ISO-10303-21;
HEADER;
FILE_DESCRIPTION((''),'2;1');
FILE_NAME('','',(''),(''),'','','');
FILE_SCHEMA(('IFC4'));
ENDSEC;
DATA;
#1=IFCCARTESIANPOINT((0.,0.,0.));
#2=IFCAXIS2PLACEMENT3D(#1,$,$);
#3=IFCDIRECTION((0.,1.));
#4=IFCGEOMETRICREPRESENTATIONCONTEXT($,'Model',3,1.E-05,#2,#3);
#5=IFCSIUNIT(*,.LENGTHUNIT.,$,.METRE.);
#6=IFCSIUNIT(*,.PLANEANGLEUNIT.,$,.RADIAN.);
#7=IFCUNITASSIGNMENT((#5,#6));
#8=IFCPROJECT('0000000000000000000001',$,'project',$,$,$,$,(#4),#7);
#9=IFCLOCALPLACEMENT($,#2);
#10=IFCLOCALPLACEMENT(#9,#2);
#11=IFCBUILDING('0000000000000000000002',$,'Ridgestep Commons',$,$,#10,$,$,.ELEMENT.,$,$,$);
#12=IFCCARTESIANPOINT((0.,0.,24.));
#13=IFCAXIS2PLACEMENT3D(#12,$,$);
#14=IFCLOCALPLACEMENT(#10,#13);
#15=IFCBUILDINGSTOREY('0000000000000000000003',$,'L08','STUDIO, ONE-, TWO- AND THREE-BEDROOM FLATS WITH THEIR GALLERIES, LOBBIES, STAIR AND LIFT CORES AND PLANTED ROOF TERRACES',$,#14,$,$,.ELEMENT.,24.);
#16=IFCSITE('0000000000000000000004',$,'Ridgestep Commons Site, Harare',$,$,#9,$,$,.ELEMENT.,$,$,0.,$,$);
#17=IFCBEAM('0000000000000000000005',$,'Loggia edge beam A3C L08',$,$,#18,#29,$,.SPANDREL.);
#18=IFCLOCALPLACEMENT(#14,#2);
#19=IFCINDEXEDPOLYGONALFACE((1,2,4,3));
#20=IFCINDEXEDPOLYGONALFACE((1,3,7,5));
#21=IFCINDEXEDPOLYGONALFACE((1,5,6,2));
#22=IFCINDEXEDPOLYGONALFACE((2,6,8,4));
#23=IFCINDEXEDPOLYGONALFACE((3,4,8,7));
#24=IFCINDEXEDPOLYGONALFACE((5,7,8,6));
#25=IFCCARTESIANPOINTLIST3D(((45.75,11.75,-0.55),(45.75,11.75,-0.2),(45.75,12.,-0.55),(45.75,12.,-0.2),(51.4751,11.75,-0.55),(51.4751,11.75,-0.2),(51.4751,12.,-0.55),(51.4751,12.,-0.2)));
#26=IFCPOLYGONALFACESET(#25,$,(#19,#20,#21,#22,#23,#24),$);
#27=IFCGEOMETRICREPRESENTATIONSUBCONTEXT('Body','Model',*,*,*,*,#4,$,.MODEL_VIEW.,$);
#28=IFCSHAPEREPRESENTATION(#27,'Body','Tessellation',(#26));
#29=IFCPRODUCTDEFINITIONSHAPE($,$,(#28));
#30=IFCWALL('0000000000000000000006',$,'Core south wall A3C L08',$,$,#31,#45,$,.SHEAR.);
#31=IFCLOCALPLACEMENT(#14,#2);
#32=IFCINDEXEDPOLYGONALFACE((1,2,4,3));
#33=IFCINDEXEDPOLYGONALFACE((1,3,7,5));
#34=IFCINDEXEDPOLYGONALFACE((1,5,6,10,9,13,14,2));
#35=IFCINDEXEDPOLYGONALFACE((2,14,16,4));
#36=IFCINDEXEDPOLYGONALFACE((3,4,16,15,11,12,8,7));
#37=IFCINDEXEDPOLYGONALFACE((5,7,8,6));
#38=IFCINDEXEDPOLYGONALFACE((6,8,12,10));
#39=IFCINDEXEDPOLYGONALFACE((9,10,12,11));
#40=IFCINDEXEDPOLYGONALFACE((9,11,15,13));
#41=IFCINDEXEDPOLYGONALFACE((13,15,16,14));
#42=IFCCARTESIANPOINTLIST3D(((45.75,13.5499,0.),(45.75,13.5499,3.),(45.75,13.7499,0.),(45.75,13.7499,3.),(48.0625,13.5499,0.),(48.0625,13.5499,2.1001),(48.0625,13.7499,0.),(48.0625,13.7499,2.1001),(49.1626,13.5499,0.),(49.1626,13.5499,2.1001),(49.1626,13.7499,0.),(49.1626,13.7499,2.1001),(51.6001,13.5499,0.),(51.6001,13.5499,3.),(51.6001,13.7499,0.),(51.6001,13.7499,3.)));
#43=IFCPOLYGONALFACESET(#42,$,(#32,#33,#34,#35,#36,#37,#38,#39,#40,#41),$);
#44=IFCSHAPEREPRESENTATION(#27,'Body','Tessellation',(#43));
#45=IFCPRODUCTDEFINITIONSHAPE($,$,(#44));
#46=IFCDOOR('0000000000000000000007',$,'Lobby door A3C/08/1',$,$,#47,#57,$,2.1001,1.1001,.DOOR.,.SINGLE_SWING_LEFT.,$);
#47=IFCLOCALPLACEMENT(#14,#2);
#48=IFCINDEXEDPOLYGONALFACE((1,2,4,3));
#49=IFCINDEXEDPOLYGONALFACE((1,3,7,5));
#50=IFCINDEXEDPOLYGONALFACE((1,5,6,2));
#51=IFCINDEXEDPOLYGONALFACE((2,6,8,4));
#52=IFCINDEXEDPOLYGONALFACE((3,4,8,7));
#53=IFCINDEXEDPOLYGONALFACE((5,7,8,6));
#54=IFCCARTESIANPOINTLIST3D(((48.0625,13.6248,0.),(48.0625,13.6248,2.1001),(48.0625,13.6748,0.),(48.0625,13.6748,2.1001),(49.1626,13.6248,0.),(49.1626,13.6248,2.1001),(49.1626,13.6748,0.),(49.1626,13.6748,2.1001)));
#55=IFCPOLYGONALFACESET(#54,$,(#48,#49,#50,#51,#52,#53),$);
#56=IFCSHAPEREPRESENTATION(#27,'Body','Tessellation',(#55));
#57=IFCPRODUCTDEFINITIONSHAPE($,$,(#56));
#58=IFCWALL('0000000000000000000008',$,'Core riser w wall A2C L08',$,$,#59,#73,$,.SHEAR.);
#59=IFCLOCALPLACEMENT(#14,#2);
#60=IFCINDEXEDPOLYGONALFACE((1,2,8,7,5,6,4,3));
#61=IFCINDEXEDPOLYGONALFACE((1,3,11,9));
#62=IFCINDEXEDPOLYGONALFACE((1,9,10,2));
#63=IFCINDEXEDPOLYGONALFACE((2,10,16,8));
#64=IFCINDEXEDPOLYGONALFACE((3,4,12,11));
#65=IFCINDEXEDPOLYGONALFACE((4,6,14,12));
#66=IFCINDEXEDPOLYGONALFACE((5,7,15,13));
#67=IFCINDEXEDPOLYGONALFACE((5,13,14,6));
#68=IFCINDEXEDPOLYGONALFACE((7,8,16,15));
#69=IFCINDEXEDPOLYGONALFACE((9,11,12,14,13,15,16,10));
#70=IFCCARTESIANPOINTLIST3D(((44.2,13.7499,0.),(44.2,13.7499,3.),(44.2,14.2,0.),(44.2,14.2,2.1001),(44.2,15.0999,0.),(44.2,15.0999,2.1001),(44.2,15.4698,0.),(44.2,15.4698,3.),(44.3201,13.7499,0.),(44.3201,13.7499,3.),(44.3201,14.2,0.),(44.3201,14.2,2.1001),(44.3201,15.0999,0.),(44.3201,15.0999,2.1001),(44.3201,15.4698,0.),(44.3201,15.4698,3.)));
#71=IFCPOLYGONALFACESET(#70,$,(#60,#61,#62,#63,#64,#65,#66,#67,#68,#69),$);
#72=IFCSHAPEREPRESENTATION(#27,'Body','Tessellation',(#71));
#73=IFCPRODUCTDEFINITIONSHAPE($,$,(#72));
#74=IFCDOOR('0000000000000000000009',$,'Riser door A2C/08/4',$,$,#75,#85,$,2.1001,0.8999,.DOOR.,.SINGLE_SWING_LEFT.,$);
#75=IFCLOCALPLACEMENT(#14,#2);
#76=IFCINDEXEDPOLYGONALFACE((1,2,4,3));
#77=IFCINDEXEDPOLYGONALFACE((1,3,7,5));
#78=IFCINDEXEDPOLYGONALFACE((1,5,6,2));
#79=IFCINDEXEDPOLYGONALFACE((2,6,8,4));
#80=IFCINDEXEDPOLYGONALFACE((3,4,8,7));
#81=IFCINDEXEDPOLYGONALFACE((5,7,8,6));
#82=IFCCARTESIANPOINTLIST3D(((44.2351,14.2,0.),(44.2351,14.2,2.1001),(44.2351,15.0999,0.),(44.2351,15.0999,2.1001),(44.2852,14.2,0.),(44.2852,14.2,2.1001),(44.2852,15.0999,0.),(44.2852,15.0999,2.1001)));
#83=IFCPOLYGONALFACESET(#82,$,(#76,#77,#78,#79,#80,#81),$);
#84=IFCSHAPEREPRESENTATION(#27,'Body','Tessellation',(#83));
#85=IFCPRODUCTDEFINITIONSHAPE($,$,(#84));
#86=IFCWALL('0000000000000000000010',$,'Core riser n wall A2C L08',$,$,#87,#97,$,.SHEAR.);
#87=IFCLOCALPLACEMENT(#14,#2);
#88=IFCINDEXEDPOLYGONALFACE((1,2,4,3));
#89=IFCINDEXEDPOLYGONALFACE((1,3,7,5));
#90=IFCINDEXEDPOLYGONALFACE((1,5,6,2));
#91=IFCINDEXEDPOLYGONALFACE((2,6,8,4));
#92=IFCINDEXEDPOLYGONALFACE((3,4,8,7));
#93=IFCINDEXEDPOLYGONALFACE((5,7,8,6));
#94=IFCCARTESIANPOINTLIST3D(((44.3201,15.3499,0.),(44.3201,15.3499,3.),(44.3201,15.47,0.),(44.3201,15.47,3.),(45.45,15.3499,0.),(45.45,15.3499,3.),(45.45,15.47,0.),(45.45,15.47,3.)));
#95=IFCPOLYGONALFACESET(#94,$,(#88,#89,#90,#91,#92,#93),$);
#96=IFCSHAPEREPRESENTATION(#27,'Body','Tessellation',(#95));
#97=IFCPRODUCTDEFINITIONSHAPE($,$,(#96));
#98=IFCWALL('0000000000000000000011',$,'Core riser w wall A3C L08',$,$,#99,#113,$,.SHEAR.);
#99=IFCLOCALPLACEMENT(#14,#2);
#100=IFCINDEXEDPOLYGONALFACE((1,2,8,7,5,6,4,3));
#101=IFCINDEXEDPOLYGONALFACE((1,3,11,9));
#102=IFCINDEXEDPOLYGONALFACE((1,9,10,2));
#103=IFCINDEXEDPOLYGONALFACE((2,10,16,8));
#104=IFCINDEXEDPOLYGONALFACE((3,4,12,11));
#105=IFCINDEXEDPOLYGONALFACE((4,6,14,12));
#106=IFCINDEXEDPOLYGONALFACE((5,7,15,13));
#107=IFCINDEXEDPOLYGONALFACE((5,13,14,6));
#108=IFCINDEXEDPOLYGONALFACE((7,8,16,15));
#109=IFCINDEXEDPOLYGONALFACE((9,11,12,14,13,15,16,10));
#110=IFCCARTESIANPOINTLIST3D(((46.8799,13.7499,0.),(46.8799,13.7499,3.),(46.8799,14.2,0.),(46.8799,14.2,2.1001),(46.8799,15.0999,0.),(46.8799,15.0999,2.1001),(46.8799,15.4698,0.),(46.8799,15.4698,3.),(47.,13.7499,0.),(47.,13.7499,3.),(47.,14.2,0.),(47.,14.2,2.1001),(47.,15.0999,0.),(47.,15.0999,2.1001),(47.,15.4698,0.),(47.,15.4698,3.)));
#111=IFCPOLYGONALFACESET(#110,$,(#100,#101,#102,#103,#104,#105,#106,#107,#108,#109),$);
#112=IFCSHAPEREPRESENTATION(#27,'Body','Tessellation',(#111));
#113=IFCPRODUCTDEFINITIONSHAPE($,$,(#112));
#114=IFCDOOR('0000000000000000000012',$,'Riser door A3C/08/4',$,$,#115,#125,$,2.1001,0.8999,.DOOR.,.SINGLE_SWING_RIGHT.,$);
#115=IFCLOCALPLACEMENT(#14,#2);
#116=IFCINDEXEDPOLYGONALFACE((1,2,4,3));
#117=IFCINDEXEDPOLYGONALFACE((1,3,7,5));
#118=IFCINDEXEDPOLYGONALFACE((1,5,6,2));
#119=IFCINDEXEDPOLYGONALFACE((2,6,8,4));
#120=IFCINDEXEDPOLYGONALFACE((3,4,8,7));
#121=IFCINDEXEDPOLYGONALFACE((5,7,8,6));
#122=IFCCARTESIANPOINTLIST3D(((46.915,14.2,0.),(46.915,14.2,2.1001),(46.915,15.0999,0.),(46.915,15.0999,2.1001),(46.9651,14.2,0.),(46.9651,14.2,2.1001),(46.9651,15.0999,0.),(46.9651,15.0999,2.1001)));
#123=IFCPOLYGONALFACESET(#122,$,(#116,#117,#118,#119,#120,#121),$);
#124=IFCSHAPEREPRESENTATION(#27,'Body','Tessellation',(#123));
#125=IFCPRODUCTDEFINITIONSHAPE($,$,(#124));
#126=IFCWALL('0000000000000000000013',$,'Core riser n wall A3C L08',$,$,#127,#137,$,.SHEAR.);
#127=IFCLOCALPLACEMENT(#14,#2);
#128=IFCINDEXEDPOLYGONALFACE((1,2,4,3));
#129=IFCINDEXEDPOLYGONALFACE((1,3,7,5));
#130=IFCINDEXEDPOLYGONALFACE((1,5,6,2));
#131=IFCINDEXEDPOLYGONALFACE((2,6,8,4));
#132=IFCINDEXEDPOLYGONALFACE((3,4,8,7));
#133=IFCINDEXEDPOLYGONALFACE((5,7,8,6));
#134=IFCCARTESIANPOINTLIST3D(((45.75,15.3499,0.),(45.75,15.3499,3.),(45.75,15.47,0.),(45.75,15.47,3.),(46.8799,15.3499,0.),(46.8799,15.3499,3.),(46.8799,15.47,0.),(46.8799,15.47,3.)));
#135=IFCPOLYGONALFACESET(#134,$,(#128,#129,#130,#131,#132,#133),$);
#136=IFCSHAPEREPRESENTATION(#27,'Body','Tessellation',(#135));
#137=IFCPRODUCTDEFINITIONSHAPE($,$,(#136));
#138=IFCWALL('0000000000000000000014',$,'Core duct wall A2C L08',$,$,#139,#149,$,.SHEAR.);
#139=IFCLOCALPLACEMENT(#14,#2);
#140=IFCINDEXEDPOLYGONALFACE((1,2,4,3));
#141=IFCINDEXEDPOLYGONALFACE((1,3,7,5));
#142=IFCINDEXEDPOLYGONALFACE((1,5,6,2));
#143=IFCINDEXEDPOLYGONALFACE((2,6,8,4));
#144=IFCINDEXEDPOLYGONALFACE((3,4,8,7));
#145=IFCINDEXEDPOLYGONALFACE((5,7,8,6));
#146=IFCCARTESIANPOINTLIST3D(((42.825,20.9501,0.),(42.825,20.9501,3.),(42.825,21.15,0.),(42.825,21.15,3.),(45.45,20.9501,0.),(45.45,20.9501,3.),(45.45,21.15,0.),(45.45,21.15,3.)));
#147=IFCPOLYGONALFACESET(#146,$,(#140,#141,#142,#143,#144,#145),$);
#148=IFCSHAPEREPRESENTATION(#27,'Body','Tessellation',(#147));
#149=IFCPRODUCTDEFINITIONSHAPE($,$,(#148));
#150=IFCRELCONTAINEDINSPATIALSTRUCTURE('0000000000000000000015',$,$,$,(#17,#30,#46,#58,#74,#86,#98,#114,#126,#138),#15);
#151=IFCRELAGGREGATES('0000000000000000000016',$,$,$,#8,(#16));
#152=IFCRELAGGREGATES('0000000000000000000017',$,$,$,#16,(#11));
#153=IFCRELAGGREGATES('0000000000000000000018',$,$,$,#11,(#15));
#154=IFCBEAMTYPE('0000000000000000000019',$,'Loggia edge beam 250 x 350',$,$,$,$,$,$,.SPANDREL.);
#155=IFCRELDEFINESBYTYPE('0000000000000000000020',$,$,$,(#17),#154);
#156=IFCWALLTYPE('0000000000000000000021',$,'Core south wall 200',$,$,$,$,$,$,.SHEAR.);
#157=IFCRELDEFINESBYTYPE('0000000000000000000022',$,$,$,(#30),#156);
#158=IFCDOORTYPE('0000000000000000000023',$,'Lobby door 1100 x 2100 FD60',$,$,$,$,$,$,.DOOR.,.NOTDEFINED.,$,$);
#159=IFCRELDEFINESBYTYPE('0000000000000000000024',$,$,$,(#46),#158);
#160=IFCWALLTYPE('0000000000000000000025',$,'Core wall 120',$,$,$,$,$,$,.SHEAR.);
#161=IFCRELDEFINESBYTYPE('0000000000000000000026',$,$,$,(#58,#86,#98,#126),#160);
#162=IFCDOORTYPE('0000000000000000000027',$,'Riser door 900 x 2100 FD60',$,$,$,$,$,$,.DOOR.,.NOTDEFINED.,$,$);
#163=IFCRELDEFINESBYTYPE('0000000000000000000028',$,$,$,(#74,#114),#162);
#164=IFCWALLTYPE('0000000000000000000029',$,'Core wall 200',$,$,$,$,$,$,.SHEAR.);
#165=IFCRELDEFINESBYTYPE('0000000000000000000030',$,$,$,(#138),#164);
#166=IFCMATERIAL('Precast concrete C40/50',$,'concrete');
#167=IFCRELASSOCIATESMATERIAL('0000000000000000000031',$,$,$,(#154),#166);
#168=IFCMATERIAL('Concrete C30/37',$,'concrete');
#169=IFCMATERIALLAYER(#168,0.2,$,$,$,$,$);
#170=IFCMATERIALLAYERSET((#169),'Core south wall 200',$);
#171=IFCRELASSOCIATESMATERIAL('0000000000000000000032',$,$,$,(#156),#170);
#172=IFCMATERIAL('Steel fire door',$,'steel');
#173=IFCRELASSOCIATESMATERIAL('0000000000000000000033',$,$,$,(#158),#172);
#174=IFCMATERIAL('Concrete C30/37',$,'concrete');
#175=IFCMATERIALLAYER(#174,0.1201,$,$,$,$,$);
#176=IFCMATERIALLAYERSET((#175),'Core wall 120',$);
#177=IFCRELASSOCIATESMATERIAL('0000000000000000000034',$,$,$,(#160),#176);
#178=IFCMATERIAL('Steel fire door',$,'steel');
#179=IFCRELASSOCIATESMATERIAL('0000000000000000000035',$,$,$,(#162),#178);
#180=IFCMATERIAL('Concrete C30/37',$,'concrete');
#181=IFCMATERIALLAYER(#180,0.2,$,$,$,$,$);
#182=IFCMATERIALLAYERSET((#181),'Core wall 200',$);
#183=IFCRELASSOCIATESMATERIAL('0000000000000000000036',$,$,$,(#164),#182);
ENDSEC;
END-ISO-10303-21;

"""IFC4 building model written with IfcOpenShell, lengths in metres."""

from ifc_helpers import new_model, si_unit, direction, frame, frame_2d, origin, origin_2d, place, context, subcontext, project, spatial, rectangle, extrude, material, layer, layer_set, material_profile, profile_set, type_object, element, fill, save


model = new_model("IFC4")

# Units and contexts
model_context = context("Model", 3, precision=1e-05, world=origin(), true_north=direction((0.0, 1.0)))
body_context = subcontext(model_context, "Body", "Model", "MODEL_VIEW")
ifc_project = project(units=[si_unit("LENGTHUNIT", "METRE"), si_unit("PLANEANGLEUNIT", "RADIAN")], contexts=[model_context])

# Site, building, storey
site_placement = place(None, origin())
site = spatial("IfcSite", under=ifc_project, at=site_placement, Name="Ridgestep Commons Site, Harare", CompositionType="ELEMENT", RefElevation=0.0)
building_placement = place(site_placement, origin())
building = spatial("IfcBuilding", under=site, at=building_placement, Name="Ridgestep Commons", CompositionType="ELEMENT")
storey_placement = place(building_placement, frame((0.0, 0.0, 24.0)))
storey = spatial("IfcBuildingStorey", under=building, at=storey_placement, Name="L08", Description="STUDIO, ONE-, TWO- AND THREE-BEDROOM FLATS WITH THEIR GALLERIES, LOBBIES, STAIR AND LIFT CORES AND PLANTED ROOF TERRACES", CompositionType="ELEMENT", Elevation=24.0)

# Beam
ifc_material_1 = material(Name="Precast concrete C40/50", Category="concrete")
ifc_material_profile = material_profile(ifc_material_1, rectangle(XDim=0.25, YDim=0.3501, at=origin_2d()), Name="PC 250x350")
ifc_profile_set = profile_set([ifc_material_profile], Name="Precast concrete C40/50")
beam_type = type_object("IfcBeamType", Name="Loggia edge beam 250 x 350", PredefinedType="SPANDREL", material=ifc_profile_set)
beam_placement = place(storey_placement, frame((45.75, 11.875, -0.375), z_axis=(1.0, 0.0, 0.0), x_axis=(0.0, 1.0, 0.0)))
element("IfcBeam", 1, at=beam_placement, inside=storey, type_object=beam_type, Name="Loggia edge beam A3C L08", PredefinedType="SPANDREL", context=body_context, shape_type="SweptSolid", body=[
    extrude(rectangle(XDim=0.25, YDim=0.3501, at=origin_2d()), origin(), (0.0, 0.0, 1.0), 5.7251),
])

# Walls, openings, doors
ifc_material_2 = material(Name="Concrete C30/37", Category="concrete")
ifc_layer_1 = layer(ifc_material_2, 0.2)
ifc_layer_set_1 = layer_set([ifc_layer_1], Name="Core south wall 200")
wall_type_1 = type_object("IfcWallType", Name="Core south wall 200", PredefinedType="SHEAR", material=ifc_layer_set_1)
wall_1_placement = place(storey_placement, frame((45.75, 13.6499, 0.0), z_axis=(0.0, 0.0, 1.0), x_axis=(1.0, 0.0, 0.0)))
wall_1 = element("IfcWall", 2, at=wall_1_placement, inside=storey, type_object=wall_type_1, Name="Core south wall A3C L08", PredefinedType="SHEAR", context=body_context, shape_type="SweptSolid", body=[
    extrude(rectangle(XDim=5.8501, YDim=0.2, at=frame_2d((2.925, 0.0))), origin(), (0.0, 0.0, 1.0), 3.0),
])
opening_1_placement = place(wall_1_placement, frame((2.3125, 0.0, 0.0)))
opening_1 = element("IfcOpeningElement", 3, at=opening_1_placement, cuts=wall_1, PredefinedType="OPENING", context=body_context, shape_type="SweptSolid", body=[
    extrude(rectangle(XDim=1.1001, YDim=2.1001, at=frame_2d((0.55, 1.05))), frame((0.0, 0.1099, 0.0), z_axis=(0.0, -1.0, 0.0), x_axis=(1.0, 0.0, 0.0)), (0.0, 0.0, 1.0), 0.22),
])
ifc_material_3 = material(Name="Steel fire door", Category="steel")
door_type_1 = type_object("IfcDoorType", Name="Lobby door 1100 x 2100 FD60", OperationType="NOTDEFINED", PredefinedType="DOOR", material=ifc_material_3)
door_1_placement = place(opening_1_placement, origin())
door_1 = element("IfcDoor", 4, at=door_1_placement, inside=storey, type_object=door_type_1, Name="Lobby door A3C/08/1", OperationType="SINGLE_SWING_LEFT", OverallHeight=2.1001, OverallWidth=1.1001, PredefinedType="DOOR", context=body_context, shape_type="SweptSolid", body=[
    extrude(rectangle(XDim=1.1001, YDim=2.1001, at=frame_2d((0.55, 1.05))), frame((0.0, 0.0249, 0.0), z_axis=(0.0, -1.0, 0.0), x_axis=(1.0, 0.0, 0.0)), (0.0, 0.0, 1.0), 0.05),
])
fill(opening_1, door_1)
ifc_material_4 = material(Name="Concrete C30/37", Category="concrete")
ifc_layer_2 = layer(ifc_material_4, 0.1201)
ifc_layer_set_2 = layer_set([ifc_layer_2], Name="Core wall 120")
wall_type_2 = type_object("IfcWallType", Name="Core wall 120", PredefinedType="SHEAR", material=ifc_layer_set_2)
wall_2_placement = place(storey_placement, frame((44.26, 13.75, 0.0), z_axis=(0.0, 0.0, 1.0), x_axis=(0.0, 1.0, 0.0)))
wall_2 = element("IfcWall", 5, at=wall_2_placement, inside=storey, type_object=wall_type_2, Name="Core riser w wall A2C L08", PredefinedType="SHEAR", context=body_context, shape_type="SweptSolid", body=[
    extrude(rectangle(XDim=1.72, YDim=0.1201, at=frame_2d((0.8599, 0.0))), origin(), (0.0, 0.0, 1.0), 3.0),
])
opening_2_placement = place(wall_2_placement, frame((0.45, 0.0, 0.0)))
opening_2 = element("IfcOpeningElement", 6, at=opening_2_placement, cuts=wall_2, PredefinedType="OPENING", context=body_context, shape_type="SweptSolid", body=[
    extrude(rectangle(XDim=0.8999, YDim=2.1001, at=frame_2d((0.45, 1.05))), frame((0.0, 0.0701, 0.0), z_axis=(0.0, -1.0, 0.0), x_axis=(1.0, 0.0, 0.0)), (0.0, 0.0, 1.0), 0.1401),
])
ifc_material_5 = material(Name="Steel fire door", Category="steel")
door_type_2 = type_object("IfcDoorType", Name="Riser door 900 x 2100 FD60", OperationType="NOTDEFINED", PredefinedType="DOOR", material=ifc_material_5)
door_2_placement = place(opening_2_placement, origin())
door_2 = element("IfcDoor", 7, at=door_2_placement, inside=storey, type_object=door_type_2, Name="Riser door A2C/08/4", OperationType="SINGLE_SWING_LEFT", OverallHeight=2.1001, OverallWidth=0.8999, PredefinedType="DOOR", context=body_context, shape_type="SweptSolid", body=[
    extrude(rectangle(XDim=0.8999, YDim=2.1001, at=frame_2d((0.45, 1.05))), frame((0.0, 0.0249, 0.0), z_axis=(0.0, -1.0, 0.0), x_axis=(1.0, 0.0, 0.0)), (0.0, 0.0, 1.0), 0.05),
])
fill(opening_2, door_2)

# Wall
wall_3_placement = place(storey_placement, frame((44.3201, 15.4099, 0.0), z_axis=(0.0, 0.0, 1.0), x_axis=(1.0, 0.0, 0.0)))
element("IfcWall", 8, at=wall_3_placement, inside=storey, type_object=wall_type_2, Name="Core riser n wall A2C L08", PredefinedType="SHEAR", context=body_context, shape_type="SweptSolid", body=[
    extrude(rectangle(XDim=1.1299, YDim=0.1201, at=frame_2d((0.5649, 0.0))), origin(), (0.0, 0.0, 1.0), 3.0),
])

# Wall, opening, door
wall_4_placement = place(storey_placement, frame((46.9399, 13.75, 0.0), z_axis=(0.0, 0.0, 1.0), x_axis=(0.0, 1.0, 0.0)))
wall_4 = element("IfcWall", 9, at=wall_4_placement, inside=storey, type_object=wall_type_2, Name="Core riser w wall A3C L08", PredefinedType="SHEAR", context=body_context, shape_type="SweptSolid", body=[
    extrude(rectangle(XDim=1.72, YDim=0.1201, at=frame_2d((0.8599, 0.0))), origin(), (0.0, 0.0, 1.0), 3.0),
])
opening_3_placement = place(wall_4_placement, frame((0.45, 0.0, 0.0)))
opening_3 = element("IfcOpeningElement", 10, at=opening_3_placement, cuts=wall_4, PredefinedType="OPENING", context=body_context, shape_type="SweptSolid", body=[
    extrude(rectangle(XDim=0.8999, YDim=2.1001, at=frame_2d((0.45, 1.05))), frame((0.0, 0.0701, 0.0), z_axis=(0.0, -1.0, 0.0), x_axis=(1.0, 0.0, 0.0)), (0.0, 0.0, 1.0), 0.1401),
])
door_3_placement = place(opening_3_placement, origin())
door_3 = element("IfcDoor", 11, at=door_3_placement, inside=storey, type_object=door_type_2, Name="Riser door A3C/08/4", OperationType="SINGLE_SWING_RIGHT", OverallHeight=2.1001, OverallWidth=0.8999, PredefinedType="DOOR", context=body_context, shape_type="SweptSolid", body=[
    extrude(rectangle(XDim=0.8999, YDim=2.1001, at=frame_2d((0.45, 1.05))), frame((0.0, 0.0249, 0.0), z_axis=(0.0, -1.0, 0.0), x_axis=(1.0, 0.0, 0.0)), (0.0, 0.0, 1.0), 0.05),
])
fill(opening_3, door_3)

# Walls
wall_5_placement = place(storey_placement, frame((45.75, 15.4099, 0.0), z_axis=(0.0, 0.0, 1.0), x_axis=(1.0, 0.0, 0.0)))
element("IfcWall", 12, at=wall_5_placement, inside=storey, type_object=wall_type_2, Name="Core riser n wall A3C L08", PredefinedType="SHEAR", context=body_context, shape_type="SweptSolid", body=[
    extrude(rectangle(XDim=1.1299, YDim=0.1201, at=frame_2d((0.5649, 0.0))), origin(), (0.0, 0.0, 1.0), 3.0),
])
ifc_material_6 = material(Name="Concrete C30/37", Category="concrete")
ifc_layer_3 = layer(ifc_material_6, 0.2)
ifc_layer_set_3 = layer_set([ifc_layer_3], Name="Core wall 200")
wall_type_3 = type_object("IfcWallType", Name="Core wall 200", PredefinedType="SHEAR", material=ifc_layer_set_3)
wall_6_placement = place(storey_placement, frame((42.825, 21.05, 0.0), z_axis=(0.0, 0.0, 1.0), x_axis=(1.0, 0.0, 0.0)))
element("IfcWall", 13, at=wall_6_placement, inside=storey, type_object=wall_type_3, Name="Core duct wall A2C L08", PredefinedType="SHEAR", context=body_context, shape_type="SweptSolid", body=[
    extrude(rectangle(XDim=2.625, YDim=0.2, at=frame_2d((1.3125, 0.0))), origin(), (0.0, 0.0, 1.0), 3.0),
])

save(model, "model.ifc")
